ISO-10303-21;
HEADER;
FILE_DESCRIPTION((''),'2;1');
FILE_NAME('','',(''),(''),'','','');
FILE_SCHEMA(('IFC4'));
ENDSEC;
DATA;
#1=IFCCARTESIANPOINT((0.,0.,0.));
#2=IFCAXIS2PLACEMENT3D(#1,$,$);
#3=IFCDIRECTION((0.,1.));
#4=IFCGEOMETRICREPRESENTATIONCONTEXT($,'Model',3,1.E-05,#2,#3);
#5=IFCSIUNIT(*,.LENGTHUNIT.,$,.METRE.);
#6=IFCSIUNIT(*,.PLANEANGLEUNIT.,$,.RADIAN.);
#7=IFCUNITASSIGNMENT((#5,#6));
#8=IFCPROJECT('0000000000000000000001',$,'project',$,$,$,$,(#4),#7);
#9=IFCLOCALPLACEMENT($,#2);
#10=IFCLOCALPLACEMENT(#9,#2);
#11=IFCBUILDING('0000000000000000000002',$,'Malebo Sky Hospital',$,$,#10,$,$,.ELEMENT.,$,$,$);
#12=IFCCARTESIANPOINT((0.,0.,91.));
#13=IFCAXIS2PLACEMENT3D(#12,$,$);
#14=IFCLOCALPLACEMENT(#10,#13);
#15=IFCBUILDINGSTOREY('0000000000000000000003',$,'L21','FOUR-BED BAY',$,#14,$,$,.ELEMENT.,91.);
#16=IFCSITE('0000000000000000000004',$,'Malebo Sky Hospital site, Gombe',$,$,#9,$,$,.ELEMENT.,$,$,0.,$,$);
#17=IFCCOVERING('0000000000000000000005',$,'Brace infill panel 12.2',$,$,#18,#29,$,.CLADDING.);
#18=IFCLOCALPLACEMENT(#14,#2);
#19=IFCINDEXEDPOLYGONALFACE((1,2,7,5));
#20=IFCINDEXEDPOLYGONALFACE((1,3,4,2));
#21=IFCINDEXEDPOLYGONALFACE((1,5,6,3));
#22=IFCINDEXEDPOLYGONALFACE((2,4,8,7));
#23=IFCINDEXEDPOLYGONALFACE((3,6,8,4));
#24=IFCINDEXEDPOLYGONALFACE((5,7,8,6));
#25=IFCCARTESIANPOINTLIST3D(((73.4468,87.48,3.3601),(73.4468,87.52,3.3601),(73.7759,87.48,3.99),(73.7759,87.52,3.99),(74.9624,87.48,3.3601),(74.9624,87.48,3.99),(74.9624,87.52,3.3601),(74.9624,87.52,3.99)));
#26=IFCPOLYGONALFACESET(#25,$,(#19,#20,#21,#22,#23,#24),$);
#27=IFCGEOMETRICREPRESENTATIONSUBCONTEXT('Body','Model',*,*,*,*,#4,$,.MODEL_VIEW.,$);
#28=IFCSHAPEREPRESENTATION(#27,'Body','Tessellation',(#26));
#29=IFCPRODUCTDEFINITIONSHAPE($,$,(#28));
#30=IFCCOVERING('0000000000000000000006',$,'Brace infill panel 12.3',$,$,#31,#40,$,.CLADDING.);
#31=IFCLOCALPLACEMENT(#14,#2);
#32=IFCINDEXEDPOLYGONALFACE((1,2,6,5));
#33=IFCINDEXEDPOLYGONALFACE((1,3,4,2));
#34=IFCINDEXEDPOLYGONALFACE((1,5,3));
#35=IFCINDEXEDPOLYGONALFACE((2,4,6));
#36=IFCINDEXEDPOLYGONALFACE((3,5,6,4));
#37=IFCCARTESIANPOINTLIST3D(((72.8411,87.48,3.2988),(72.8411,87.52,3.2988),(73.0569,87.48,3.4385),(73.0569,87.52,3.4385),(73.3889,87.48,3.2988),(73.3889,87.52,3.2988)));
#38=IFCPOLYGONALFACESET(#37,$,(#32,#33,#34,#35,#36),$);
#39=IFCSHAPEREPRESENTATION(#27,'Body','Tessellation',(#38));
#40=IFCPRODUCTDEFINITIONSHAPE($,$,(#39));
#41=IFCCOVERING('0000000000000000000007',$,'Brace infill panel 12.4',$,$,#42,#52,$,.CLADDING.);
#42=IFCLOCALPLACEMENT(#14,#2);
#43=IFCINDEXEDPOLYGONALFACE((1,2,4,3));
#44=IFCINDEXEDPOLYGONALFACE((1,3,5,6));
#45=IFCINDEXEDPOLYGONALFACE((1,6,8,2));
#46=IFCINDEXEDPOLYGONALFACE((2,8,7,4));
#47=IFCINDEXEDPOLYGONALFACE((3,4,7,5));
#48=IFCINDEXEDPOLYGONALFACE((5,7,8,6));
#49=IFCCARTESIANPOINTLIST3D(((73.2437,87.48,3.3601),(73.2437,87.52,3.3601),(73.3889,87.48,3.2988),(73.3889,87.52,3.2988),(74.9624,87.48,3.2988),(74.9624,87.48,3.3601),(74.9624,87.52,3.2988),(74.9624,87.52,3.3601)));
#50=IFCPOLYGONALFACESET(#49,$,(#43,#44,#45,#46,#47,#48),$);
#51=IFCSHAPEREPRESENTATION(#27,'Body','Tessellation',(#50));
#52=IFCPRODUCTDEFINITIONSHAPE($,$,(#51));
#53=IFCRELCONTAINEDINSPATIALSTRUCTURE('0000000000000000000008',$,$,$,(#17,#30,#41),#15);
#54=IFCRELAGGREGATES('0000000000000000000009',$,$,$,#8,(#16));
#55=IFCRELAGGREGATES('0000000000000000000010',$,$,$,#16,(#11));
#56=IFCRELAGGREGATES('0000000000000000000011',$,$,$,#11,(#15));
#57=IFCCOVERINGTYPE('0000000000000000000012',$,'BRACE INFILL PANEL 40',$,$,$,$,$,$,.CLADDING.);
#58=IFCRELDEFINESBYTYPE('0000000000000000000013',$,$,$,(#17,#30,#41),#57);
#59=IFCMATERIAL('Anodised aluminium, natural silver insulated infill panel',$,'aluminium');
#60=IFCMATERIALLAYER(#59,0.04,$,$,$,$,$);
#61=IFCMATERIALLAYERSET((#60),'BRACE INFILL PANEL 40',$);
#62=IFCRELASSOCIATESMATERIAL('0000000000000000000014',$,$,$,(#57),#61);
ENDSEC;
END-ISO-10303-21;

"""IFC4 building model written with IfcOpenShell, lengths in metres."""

from ifc_helpers import new_model, si_unit, direction, frame, origin, place, context, subcontext, project, spatial, polyline, outline, extrude, material, layer, layer_set, type_object, element, save


model = new_model("IFC4")

# Units and contexts
model_context = context("Model", 3, precision=1e-05, world=origin(), true_north=direction((0.0, 1.0)))
body_context = subcontext(model_context, "Body", "Model", "MODEL_VIEW")
ifc_project = project(units=[si_unit("LENGTHUNIT", "METRE"), si_unit("PLANEANGLEUNIT", "RADIAN")], contexts=[model_context])

# Site, building, storey
site_placement = place(None, origin())
site = spatial("IfcSite", under=ifc_project, at=site_placement, Name="Malebo Sky Hospital site, Gombe", CompositionType="ELEMENT", RefElevation=0.0)
building_placement = place(site_placement, origin())
building = spatial("IfcBuilding", under=site, at=building_placement, Name="Malebo Sky Hospital", CompositionType="ELEMENT")
storey_placement = place(building_placement, frame((0.0, 0.0, 91.0)))
storey = spatial("IfcBuildingStorey", under=building, at=storey_placement, Name="L21", Description="FOUR-BED BAY", CompositionType="ELEMENT", Elevation=91.0)

# Coverings
ifc_material_1 = material(Name="Anodised aluminium, natural silver insulated infill panel", Category="aluminium")
ifc_layer_1 = layer(ifc_material_1, 0.04)
ifc_layer_set_1 = layer_set([ifc_layer_1], Name="BRACE INFILL PANEL 40")
covering_type = type_object("IfcCoveringType", Name="BRACE INFILL PANEL 40", PredefinedType="CLADDING", material=ifc_layer_set_1)
covering_1_placement = place(storey_placement, frame((74.2046, 87.5, 3.3601), z_axis=(0.0, 0.0, 1.0), x_axis=(1.0, 0.0, 0.0)))
element("IfcCovering", 1, at=covering_1_placement, inside=storey, type_object=covering_type, Name="Brace infill panel 12.2", PredefinedType="CLADDING", context=body_context, shape_type="SweptSolid", body=[
    extrude(outline(polyline([(-0.7578, 0.0), (0.7578, 0.0), (0.7578, 0.6299), (-0.4287, 0.6299), (-0.7578, 0.0)])), frame((0.0, 0.02, 0.0), z_axis=(0.0, -1.0, 0.0), x_axis=(1.0, 0.0, 0.0)), (0.0, 0.0, 1.0), 0.04),
])
covering_2_placement = place(storey_placement, frame((73.115, 87.5, 3.2988), z_axis=(0.0, 0.0, 1.0), x_axis=(1.0, 0.0, 0.0)))
element("IfcCovering", 2, at=covering_2_placement, inside=storey, type_object=covering_type, Name="Brace infill panel 12.3", PredefinedType="CLADDING", context=body_context, shape_type="SweptSolid", body=[
    extrude(outline(polyline([(-0.2739, 0.0), (0.2739, 0.0), (-0.0581, 0.1396), (-0.2739, 0.0)])), frame((0.0, 0.02, 0.0), z_axis=(0.0, -1.0, 0.0), x_axis=(1.0, 0.0, 0.0)), (0.0, 0.0, 1.0), 0.04),
])
covering_3_placement = place(storey_placement, frame((74.103, 87.5, 3.2988), z_axis=(0.0, 0.0, 1.0), x_axis=(1.0, 0.0, 0.0)))
element("IfcCovering", 3, at=covering_3_placement, inside=storey, type_object=covering_type, Name="Brace infill panel 12.4", PredefinedType="CLADDING", context=body_context, shape_type="SweptSolid", body=[
    extrude(outline(polyline([(-0.7141, 0.0), (0.8594, 0.0), (0.8594, 0.0613), (-0.8594, 0.0613), (-0.7141, 0.0)])), frame((0.0, 0.02, 0.0), z_axis=(0.0, -1.0, 0.0), x_axis=(1.0, 0.0, 0.0)), (0.0, 0.0, 1.0), 0.04),
])

save(model, "model.ifc")
